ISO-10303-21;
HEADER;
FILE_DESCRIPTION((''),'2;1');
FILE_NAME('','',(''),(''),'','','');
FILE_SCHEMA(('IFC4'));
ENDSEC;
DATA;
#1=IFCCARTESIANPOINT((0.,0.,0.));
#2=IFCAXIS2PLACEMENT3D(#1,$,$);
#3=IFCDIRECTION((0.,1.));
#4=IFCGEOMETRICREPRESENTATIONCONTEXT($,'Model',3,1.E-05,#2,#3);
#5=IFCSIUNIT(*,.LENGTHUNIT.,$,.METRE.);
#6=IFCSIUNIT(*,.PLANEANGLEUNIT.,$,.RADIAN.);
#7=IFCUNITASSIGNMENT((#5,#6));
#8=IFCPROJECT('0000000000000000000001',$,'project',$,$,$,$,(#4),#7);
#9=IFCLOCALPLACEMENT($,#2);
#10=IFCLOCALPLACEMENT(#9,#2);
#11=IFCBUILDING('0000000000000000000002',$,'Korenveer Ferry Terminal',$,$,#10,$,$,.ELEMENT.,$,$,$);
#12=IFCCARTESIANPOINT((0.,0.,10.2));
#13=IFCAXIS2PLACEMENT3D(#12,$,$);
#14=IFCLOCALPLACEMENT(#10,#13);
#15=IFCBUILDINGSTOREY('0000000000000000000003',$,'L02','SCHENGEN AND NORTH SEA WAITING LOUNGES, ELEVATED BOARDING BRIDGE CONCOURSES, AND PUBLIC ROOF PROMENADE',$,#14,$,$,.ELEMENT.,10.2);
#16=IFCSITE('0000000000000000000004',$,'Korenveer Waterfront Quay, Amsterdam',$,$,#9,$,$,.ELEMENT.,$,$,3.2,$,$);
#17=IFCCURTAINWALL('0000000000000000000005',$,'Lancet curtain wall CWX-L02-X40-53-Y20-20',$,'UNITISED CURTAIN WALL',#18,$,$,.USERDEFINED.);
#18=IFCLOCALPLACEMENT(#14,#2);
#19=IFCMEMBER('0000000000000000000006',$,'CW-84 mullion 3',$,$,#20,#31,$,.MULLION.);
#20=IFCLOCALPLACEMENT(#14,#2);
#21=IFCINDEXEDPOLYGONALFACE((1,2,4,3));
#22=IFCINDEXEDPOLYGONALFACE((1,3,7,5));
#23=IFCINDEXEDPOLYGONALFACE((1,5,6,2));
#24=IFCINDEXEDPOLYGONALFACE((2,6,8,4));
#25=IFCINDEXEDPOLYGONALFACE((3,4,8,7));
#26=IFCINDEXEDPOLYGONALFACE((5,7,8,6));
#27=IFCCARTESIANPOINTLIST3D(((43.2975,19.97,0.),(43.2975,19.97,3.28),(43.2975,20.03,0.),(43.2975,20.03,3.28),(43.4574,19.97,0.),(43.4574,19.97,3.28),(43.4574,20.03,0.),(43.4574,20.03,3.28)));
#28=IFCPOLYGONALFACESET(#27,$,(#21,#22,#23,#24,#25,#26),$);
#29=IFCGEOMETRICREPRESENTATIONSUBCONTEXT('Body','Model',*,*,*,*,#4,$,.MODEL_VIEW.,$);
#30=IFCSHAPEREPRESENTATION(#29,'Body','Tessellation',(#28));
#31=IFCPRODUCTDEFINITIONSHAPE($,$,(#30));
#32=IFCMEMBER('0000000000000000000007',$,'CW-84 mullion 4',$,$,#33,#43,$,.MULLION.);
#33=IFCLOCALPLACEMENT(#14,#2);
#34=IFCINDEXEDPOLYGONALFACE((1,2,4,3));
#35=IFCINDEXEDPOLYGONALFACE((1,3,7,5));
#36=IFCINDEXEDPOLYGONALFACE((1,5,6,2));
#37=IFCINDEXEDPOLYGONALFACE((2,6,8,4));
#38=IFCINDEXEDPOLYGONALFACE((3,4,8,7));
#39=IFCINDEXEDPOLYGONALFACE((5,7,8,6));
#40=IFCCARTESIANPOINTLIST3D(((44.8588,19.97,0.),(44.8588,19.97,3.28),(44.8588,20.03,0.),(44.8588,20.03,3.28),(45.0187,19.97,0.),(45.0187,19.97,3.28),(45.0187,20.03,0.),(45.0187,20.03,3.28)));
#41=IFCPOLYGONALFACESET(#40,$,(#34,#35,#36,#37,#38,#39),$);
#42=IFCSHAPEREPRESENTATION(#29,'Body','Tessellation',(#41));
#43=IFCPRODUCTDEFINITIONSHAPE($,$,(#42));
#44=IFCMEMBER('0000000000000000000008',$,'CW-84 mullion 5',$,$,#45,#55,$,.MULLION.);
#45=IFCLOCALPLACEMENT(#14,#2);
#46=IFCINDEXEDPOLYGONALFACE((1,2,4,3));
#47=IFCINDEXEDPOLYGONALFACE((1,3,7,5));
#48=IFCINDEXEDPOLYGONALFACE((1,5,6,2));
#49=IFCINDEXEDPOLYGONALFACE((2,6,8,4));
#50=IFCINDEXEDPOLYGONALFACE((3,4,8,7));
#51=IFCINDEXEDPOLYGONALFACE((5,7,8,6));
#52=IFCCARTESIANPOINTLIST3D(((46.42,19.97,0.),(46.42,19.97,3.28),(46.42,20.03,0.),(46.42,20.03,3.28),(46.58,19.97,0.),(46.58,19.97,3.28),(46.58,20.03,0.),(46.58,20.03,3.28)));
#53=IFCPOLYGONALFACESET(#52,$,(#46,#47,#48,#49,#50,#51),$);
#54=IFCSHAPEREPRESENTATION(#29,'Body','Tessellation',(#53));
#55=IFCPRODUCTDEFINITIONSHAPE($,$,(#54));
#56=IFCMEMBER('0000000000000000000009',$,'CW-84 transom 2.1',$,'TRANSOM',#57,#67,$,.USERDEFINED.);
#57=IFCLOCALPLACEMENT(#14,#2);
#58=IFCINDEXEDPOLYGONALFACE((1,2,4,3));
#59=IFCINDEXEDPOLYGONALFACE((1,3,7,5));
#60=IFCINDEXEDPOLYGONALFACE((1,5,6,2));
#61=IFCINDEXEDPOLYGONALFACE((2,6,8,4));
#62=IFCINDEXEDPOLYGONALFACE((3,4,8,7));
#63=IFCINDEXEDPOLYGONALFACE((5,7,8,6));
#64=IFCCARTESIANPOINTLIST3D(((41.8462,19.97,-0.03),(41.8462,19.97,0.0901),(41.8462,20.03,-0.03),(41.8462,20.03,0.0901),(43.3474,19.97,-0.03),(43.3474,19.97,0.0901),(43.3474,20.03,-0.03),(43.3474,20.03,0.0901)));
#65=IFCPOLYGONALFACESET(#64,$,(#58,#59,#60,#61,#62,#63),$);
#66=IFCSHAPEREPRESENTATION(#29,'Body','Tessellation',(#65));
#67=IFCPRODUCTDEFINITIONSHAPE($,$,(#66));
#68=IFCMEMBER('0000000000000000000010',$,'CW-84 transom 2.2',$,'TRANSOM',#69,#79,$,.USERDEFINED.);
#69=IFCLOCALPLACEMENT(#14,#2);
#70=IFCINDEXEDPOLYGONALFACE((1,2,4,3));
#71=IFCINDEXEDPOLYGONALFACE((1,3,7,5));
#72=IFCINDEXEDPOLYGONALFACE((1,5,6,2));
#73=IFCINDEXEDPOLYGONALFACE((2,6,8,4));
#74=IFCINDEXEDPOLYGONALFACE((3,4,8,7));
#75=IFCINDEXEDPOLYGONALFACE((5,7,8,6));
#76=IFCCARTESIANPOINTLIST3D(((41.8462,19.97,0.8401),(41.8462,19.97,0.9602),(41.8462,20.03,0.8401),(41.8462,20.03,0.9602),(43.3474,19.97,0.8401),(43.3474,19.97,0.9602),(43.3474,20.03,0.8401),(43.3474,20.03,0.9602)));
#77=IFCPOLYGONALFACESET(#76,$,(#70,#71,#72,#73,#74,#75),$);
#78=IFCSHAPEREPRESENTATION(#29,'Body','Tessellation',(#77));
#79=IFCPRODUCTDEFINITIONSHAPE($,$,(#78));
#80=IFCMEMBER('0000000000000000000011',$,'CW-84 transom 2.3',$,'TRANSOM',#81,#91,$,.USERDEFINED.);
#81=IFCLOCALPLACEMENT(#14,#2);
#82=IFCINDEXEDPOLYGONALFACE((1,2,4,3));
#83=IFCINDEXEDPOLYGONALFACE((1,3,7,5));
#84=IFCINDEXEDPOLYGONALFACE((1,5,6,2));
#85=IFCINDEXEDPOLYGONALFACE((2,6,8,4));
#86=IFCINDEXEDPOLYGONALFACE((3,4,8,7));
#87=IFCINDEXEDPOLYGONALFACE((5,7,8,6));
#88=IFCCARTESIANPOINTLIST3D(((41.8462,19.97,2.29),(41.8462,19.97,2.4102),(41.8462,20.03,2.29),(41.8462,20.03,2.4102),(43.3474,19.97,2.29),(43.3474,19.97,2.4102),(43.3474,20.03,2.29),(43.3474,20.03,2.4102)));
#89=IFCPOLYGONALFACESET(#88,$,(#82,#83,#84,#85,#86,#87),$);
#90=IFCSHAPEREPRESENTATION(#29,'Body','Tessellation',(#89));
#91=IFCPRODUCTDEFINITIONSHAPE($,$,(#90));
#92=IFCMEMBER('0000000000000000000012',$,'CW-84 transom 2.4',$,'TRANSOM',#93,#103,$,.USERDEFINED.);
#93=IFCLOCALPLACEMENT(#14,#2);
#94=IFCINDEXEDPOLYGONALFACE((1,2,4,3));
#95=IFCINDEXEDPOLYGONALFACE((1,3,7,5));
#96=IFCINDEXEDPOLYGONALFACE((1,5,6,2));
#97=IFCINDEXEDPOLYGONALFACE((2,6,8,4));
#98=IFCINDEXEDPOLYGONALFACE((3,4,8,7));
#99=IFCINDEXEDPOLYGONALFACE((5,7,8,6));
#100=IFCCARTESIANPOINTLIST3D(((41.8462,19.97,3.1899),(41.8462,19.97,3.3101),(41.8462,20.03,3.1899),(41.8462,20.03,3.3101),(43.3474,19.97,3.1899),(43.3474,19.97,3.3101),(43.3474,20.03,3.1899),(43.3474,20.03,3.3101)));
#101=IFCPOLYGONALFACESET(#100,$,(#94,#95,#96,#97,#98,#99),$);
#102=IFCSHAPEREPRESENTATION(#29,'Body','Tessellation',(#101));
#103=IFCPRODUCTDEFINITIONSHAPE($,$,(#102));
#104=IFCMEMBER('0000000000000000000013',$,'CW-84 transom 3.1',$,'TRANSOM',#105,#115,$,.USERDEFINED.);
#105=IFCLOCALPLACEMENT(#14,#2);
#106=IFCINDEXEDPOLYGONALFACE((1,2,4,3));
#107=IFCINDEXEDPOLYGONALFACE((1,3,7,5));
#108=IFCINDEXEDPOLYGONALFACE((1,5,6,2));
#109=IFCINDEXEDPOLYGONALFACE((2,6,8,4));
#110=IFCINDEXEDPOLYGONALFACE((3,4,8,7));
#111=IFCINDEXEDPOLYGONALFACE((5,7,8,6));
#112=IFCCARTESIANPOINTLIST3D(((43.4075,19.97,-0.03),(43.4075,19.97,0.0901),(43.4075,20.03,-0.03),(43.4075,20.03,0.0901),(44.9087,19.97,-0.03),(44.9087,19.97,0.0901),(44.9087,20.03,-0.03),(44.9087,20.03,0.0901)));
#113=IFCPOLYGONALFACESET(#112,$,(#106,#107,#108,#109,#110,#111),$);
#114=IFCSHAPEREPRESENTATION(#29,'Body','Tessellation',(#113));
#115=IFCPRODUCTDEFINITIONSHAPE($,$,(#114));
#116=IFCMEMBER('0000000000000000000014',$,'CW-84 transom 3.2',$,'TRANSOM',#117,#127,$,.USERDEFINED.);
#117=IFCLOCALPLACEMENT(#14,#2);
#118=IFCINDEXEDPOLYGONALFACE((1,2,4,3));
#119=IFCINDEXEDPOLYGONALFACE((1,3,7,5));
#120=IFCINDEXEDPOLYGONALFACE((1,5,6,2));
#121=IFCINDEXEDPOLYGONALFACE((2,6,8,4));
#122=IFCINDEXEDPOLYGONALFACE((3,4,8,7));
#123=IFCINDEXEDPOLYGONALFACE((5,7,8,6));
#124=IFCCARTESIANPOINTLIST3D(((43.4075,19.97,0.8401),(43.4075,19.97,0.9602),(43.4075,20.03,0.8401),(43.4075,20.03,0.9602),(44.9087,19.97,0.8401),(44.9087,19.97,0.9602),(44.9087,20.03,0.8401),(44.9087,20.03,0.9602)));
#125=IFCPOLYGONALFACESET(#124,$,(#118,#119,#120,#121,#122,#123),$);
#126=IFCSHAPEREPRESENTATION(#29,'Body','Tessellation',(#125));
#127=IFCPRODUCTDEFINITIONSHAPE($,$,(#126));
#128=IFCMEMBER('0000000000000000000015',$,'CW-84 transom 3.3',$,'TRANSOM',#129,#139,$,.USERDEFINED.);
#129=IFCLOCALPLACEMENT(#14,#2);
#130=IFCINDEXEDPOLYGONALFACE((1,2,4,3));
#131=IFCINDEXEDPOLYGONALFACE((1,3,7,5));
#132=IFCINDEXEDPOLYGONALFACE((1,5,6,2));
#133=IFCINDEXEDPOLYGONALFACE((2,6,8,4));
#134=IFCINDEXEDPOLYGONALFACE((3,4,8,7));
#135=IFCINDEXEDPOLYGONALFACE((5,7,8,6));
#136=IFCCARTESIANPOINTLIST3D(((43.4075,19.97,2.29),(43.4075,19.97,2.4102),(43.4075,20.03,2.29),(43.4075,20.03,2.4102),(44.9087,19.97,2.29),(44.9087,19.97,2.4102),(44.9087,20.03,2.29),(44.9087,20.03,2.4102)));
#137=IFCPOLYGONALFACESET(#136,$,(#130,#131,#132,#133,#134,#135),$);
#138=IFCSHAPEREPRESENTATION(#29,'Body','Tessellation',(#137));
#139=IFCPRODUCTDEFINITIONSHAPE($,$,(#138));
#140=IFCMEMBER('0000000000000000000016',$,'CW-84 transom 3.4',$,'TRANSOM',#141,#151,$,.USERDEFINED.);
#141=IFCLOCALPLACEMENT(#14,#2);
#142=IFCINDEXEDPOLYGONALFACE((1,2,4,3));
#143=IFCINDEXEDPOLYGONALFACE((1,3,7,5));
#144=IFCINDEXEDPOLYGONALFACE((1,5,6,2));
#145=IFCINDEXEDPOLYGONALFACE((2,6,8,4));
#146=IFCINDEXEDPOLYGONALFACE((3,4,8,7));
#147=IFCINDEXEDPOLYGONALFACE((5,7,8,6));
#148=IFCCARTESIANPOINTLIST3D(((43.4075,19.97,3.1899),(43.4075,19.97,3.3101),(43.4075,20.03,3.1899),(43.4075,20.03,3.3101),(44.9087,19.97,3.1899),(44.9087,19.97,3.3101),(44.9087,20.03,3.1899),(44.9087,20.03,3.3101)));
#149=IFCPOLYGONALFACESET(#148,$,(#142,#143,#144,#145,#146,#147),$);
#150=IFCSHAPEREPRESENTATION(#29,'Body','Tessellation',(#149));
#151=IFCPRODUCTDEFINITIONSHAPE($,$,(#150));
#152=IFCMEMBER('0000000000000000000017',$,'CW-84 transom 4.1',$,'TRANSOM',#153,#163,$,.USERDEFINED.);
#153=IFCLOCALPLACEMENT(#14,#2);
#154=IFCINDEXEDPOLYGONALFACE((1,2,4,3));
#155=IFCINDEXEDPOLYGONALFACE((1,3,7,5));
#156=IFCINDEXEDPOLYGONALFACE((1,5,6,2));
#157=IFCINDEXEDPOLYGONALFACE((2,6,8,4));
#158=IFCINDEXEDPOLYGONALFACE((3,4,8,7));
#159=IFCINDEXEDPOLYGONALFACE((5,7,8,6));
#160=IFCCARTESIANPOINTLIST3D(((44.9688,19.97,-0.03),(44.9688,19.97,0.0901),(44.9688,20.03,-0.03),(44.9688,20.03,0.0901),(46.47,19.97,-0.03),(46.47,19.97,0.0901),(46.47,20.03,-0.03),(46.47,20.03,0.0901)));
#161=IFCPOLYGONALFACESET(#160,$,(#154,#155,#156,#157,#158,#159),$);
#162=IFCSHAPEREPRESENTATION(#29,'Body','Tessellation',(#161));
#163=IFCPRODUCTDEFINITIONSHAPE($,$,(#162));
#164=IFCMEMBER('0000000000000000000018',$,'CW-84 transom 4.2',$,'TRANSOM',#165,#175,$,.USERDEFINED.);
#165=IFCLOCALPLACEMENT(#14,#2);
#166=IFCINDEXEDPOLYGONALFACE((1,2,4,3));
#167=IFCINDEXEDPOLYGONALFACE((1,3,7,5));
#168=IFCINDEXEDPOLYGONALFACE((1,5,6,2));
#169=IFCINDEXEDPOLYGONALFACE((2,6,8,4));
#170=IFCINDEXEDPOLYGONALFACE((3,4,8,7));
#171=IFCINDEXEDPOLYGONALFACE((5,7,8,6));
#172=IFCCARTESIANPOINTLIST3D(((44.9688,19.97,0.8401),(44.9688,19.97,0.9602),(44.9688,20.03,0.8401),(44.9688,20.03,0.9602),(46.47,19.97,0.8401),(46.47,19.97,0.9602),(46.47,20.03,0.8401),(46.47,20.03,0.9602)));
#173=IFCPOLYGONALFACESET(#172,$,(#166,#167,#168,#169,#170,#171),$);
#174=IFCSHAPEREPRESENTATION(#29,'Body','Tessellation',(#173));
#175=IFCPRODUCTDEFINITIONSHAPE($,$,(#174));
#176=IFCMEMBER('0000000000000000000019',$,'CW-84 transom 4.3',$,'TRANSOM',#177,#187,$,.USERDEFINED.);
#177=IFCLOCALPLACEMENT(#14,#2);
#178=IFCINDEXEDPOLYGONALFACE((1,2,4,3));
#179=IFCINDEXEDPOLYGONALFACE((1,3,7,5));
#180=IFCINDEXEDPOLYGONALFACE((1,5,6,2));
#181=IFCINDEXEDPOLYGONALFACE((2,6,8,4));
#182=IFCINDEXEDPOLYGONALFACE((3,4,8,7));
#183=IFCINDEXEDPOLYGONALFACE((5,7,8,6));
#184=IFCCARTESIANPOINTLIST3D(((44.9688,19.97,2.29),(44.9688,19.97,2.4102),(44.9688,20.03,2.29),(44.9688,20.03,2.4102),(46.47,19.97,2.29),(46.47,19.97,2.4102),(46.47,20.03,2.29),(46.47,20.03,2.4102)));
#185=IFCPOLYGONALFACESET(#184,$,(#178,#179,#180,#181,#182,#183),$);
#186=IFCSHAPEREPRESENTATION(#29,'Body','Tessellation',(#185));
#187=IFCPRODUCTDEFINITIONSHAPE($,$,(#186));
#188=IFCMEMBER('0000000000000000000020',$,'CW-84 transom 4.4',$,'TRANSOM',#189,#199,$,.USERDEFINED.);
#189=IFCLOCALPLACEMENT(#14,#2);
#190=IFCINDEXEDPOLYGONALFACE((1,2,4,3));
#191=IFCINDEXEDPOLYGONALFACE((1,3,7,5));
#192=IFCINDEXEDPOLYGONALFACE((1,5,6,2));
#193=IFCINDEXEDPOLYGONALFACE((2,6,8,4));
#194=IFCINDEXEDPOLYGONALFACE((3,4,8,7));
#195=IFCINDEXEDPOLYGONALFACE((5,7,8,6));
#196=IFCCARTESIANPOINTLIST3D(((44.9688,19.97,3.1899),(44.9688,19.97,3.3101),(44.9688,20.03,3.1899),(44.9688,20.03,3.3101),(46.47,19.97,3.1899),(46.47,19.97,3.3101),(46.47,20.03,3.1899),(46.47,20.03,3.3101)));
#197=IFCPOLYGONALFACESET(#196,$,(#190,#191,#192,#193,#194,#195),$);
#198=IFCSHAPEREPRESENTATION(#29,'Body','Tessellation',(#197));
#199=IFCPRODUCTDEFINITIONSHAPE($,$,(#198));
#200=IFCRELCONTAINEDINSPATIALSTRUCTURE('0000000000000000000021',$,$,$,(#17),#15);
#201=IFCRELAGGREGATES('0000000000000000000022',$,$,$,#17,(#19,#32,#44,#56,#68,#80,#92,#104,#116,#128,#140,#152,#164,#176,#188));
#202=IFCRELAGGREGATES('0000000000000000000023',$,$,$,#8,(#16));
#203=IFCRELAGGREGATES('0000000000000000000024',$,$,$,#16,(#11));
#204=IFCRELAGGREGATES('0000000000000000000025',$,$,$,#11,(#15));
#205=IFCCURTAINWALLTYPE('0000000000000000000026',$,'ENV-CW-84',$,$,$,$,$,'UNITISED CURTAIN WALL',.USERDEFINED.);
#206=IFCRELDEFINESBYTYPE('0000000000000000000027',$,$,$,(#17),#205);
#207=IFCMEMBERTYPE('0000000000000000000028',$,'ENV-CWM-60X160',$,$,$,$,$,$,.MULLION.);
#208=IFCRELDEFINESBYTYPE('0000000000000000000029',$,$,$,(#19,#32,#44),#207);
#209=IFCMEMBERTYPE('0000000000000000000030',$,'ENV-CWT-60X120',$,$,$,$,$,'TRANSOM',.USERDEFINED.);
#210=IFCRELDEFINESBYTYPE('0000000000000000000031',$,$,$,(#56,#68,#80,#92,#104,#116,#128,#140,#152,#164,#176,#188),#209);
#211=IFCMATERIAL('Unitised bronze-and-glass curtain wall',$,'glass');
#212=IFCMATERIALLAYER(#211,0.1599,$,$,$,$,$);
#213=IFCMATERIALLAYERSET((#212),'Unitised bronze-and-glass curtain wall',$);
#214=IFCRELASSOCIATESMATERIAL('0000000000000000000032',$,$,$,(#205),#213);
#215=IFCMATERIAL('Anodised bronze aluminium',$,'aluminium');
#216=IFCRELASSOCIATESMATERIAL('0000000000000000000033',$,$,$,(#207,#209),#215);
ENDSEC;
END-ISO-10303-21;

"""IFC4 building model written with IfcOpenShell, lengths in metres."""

from ifc_helpers import new_model, si_unit, direction, frame, origin, origin_2d, place, context, subcontext, project, spatial, rectangle, extrude, material, layer, layer_set, material_profile, profile_set, type_object, element, aggregate, save


model = new_model("IFC4")

# Units and contexts
model_context = context("Model", 3, precision=1e-05, world=origin(), true_north=direction((0.0, 1.0)))
body_context = subcontext(model_context, "Body", "Model", "MODEL_VIEW")
ifc_project = project(units=[si_unit("LENGTHUNIT", "METRE"), si_unit("PLANEANGLEUNIT", "RADIAN")], contexts=[model_context])

# Site, building, storey
site_placement = place(None, origin())
site = spatial("IfcSite", under=ifc_project, at=site_placement, Name="Korenveer Waterfront Quay, Amsterdam", CompositionType="ELEMENT", RefElevation=3.2)
building_placement = place(site_placement, origin())
building = spatial("IfcBuilding", under=site, at=building_placement, Name="Korenveer Ferry Terminal", CompositionType="ELEMENT")
storey_placement = place(building_placement, frame((0.0, 0.0, 10.2)))
storey = spatial("IfcBuildingStorey", under=building, at=storey_placement, Name="L02", Description="SCHENGEN AND NORTH SEA WAITING LOUNGES, ELEVATED BOARDING BRIDGE CONCOURSES, AND PUBLIC ROOF PROMENADE", CompositionType="ELEMENT", Elevation=10.2)

# Curtain wall, members
ifc_material_1 = material(Name="Unitised bronze-and-glass curtain wall", Category="glass")
ifc_layer_1 = layer(ifc_material_1, 0.1599)
ifc_layer_set_1 = layer_set([ifc_layer_1], Name="Unitised bronze-and-glass curtain wall")
curtain_wall_type = type_object("IfcCurtainWallType", Name="ENV-CW-84", ElementType="UNITISED CURTAIN WALL", PredefinedType="USERDEFINED", material=ifc_layer_set_1)
curtain_wall_placement = place(storey_placement, frame((40.2549, 20.0, 0.0)))
curtain_wall = element("IfcCurtainWall", 1, at=curtain_wall_placement, inside=storey, type_object=curtain_wall_type, Name="Lancet curtain wall CWX-L02-X40-53-Y20-20", ObjectType="UNITISED CURTAIN WALL", PredefinedType="USERDEFINED")
ifc_material_2 = material(Name="Anodised bronze aluminium", Category="aluminium")
ifc_material_profile_1 = material_profile(ifc_material_2, rectangle(XDim=0.0601, YDim=0.1599, at=origin_2d()), Name="ALU 60x160")
ifc_profile_set_1 = profile_set([ifc_material_profile_1], Name="Anodised bronze aluminium")
member_type_1 = type_object("IfcMemberType", Name="ENV-CWM-60X160", PredefinedType="MULLION", material=ifc_profile_set_1)
member_1_placement = place(storey_placement, frame((43.3774, 20.0, 0.0), z_axis=(0.0, 0.0, 1.0), x_axis=(0.0, 1.0, 0.0)))
member_1 = element("IfcMember", 2, at=member_1_placement, type_object=member_type_1, Name="CW-84 mullion 3", PredefinedType="MULLION", context=body_context, shape_type="SweptSolid", body=[
    extrude(rectangle(XDim=0.0601, YDim=0.1599, at=origin_2d()), origin(), (0.0, 0.0, 1.0), 3.28),
])
member_2_placement = place(storey_placement, frame((44.9387, 20.0, 0.0), z_axis=(0.0, 0.0, 1.0), x_axis=(0.0, 1.0, 0.0)))
member_2 = element("IfcMember", 3, at=member_2_placement, type_object=member_type_1, Name="CW-84 mullion 4", PredefinedType="MULLION", context=body_context, shape_type="SweptSolid", body=[
    extrude(rectangle(XDim=0.0601, YDim=0.1599, at=origin_2d()), origin(), (0.0, 0.0, 1.0), 3.28),
])
member_3_placement = place(storey_placement, frame((46.5, 20.0, 0.0), z_axis=(0.0, 0.0, 1.0), x_axis=(0.0, 1.0, 0.0)))
member_3 = element("IfcMember", 4, at=member_3_placement, type_object=member_type_1, Name="CW-84 mullion 5", PredefinedType="MULLION", context=body_context, shape_type="SweptSolid", body=[
    extrude(rectangle(XDim=0.0601, YDim=0.1599, at=origin_2d()), origin(), (0.0, 0.0, 1.0), 3.28),
])
ifc_material_profile_2 = material_profile(ifc_material_2, rectangle(XDim=0.0601, YDim=0.1201, at=origin_2d()), Name="ALU 60x120")
ifc_profile_set_2 = profile_set([ifc_material_profile_2], Name="Anodised bronze aluminium")
member_type_2 = type_object("IfcMemberType", Name="ENV-CWT-60X120", ElementType="TRANSOM", PredefinedType="USERDEFINED", material=ifc_profile_set_2)
member_4_placement = place(storey_placement, frame((41.8462, 20.0, 0.03), z_axis=(1.0, 0.0, 0.0), x_axis=(0.0, 1.0, 0.0)))
member_4 = element("IfcMember", 5, at=member_4_placement, type_object=member_type_2, Name="CW-84 transom 2.1", ObjectType="TRANSOM", PredefinedType="USERDEFINED", context=body_context, shape_type="SweptSolid", body=[
    extrude(rectangle(XDim=0.0601, YDim=0.1201, at=origin_2d()), origin(), (0.0, 0.0, 1.0), 1.5012),
])
member_5_placement = place(storey_placement, frame((41.8462, 20.0, 0.9001), z_axis=(1.0, 0.0, 0.0), x_axis=(0.0, 1.0, 0.0)))
member_5 = element("IfcMember", 6, at=member_5_placement, type_object=member_type_2, Name="CW-84 transom 2.2", ObjectType="TRANSOM", PredefinedType="USERDEFINED", context=body_context, shape_type="SweptSolid", body=[
    extrude(rectangle(XDim=0.0601, YDim=0.1201, at=origin_2d()), origin(), (0.0, 0.0, 1.0), 1.5012),
])
member_6_placement = place(storey_placement, frame((41.8462, 20.0, 2.3501), z_axis=(1.0, 0.0, 0.0), x_axis=(0.0, 1.0, 0.0)))
member_6 = element("IfcMember", 7, at=member_6_placement, type_object=member_type_2, Name="CW-84 transom 2.3", ObjectType="TRANSOM", PredefinedType="USERDEFINED", context=body_context, shape_type="SweptSolid", body=[
    extrude(rectangle(XDim=0.0601, YDim=0.1201, at=origin_2d()), origin(), (0.0, 0.0, 1.0), 1.5012),
])
member_7_placement = place(storey_placement, frame((41.8462, 20.0, 3.25), z_axis=(1.0, 0.0, 0.0), x_axis=(0.0, 1.0, 0.0)))
member_7 = element("IfcMember", 8, at=member_7_placement, type_object=member_type_2, Name="CW-84 transom 2.4", ObjectType="TRANSOM", PredefinedType="USERDEFINED", context=body_context, shape_type="SweptSolid", body=[
    extrude(rectangle(XDim=0.0601, YDim=0.1201, at=origin_2d()), origin(), (0.0, 0.0, 1.0), 1.5012),
])
member_8_placement = place(storey_placement, frame((43.4075, 20.0, 0.03), z_axis=(1.0, 0.0, 0.0), x_axis=(0.0, 1.0, 0.0)))
member_8 = element("IfcMember", 9, at=member_8_placement, type_object=member_type_2, Name="CW-84 transom 3.1", ObjectType="TRANSOM", PredefinedType="USERDEFINED", context=body_context, shape_type="SweptSolid", body=[
    extrude(rectangle(XDim=0.0601, YDim=0.1201, at=origin_2d()), origin(), (0.0, 0.0, 1.0), 1.5012),
])
member_9_placement = place(storey_placement, frame((43.4075, 20.0, 0.9001), z_axis=(1.0, 0.0, 0.0), x_axis=(0.0, 1.0, 0.0)))
member_9 = element("IfcMember", 10, at=member_9_placement, type_object=member_type_2, Name="CW-84 transom 3.2", ObjectType="TRANSOM", PredefinedType="USERDEFINED", context=body_context, shape_type="SweptSolid", body=[
    extrude(rectangle(XDim=0.0601, YDim=0.1201, at=origin_2d()), origin(), (0.0, 0.0, 1.0), 1.5012),
])
member_10_placement = place(storey_placement, frame((43.4075, 20.0, 2.3501), z_axis=(1.0, 0.0, 0.0), x_axis=(0.0, 1.0, 0.0)))
member_10 = element("IfcMember", 11, at=member_10_placement, type_object=member_type_2, Name="CW-84 transom 3.3", ObjectType="TRANSOM", PredefinedType="USERDEFINED", context=body_context, shape_type="SweptSolid", body=[
    extrude(rectangle(XDim=0.0601, YDim=0.1201, at=origin_2d()), origin(), (0.0, 0.0, 1.0), 1.5012),
])
member_11_placement = place(storey_placement, frame((43.4075, 20.0, 3.25), z_axis=(1.0, 0.0, 0.0), x_axis=(0.0, 1.0, 0.0)))
member_11 = element("IfcMember", 12, at=member_11_placement, type_object=member_type_2, Name="CW-84 transom 3.4", ObjectType="TRANSOM", PredefinedType="USERDEFINED", context=body_context, shape_type="SweptSolid", body=[
    extrude(rectangle(XDim=0.0601, YDim=0.1201, at=origin_2d()), origin(), (0.0, 0.0, 1.0), 1.5012),
])
member_12_placement = place(storey_placement, frame((44.9688, 20.0, 0.03), z_axis=(1.0, 0.0, 0.0), x_axis=(0.0, 1.0, 0.0)))
member_12 = element("IfcMember", 13, at=member_12_placement, type_object=member_type_2, Name="CW-84 transom 4.1", ObjectType="TRANSOM", PredefinedType="USERDEFINED", context=body_context, shape_type="SweptSolid", body=[
    extrude(rectangle(XDim=0.0601, YDim=0.1201, at=origin_2d()), origin(), (0.0, 0.0, 1.0), 1.5012),
])
member_13_placement = place(storey_placement, frame((44.9688, 20.0, 0.9001), z_axis=(1.0, 0.0, 0.0), x_axis=(0.0, 1.0, 0.0)))
member_13 = element("IfcMember", 14, at=member_13_placement, type_object=member_type_2, Name="CW-84 transom 4.2", ObjectType="TRANSOM", PredefinedType="USERDEFINED", context=body_context, shape_type="SweptSolid", body=[
    extrude(rectangle(XDim=0.0601, YDim=0.1201, at=origin_2d()), origin(), (0.0, 0.0, 1.0), 1.5012),
])
member_14_placement = place(storey_placement, frame((44.9688, 20.0, 2.3501), z_axis=(1.0, 0.0, 0.0), x_axis=(0.0, 1.0, 0.0)))
member_14 = element("IfcMember", 15, at=member_14_placement, type_object=member_type_2, Name="CW-84 transom 4.3", ObjectType="TRANSOM", PredefinedType="USERDEFINED", context=body_context, shape_type="SweptSolid", body=[
    extrude(rectangle(XDim=0.0601, YDim=0.1201, at=origin_2d()), origin(), (0.0, 0.0, 1.0), 1.5012),
])
member_15_placement = place(storey_placement, frame((44.9688, 20.0, 3.25), z_axis=(1.0, 0.0, 0.0), x_axis=(0.0, 1.0, 0.0)))
member_15 = element("IfcMember", 16, at=member_15_placement, type_object=member_type_2, Name="CW-84 transom 4.4", ObjectType="TRANSOM", PredefinedType="USERDEFINED", context=body_context, shape_type="SweptSolid", body=[
    extrude(rectangle(XDim=0.0601, YDim=0.1201, at=origin_2d()), origin(), (0.0, 0.0, 1.0), 1.5012),
])

aggregate(curtain_wall, [member_1, member_2, member_3, member_4, member_5, member_6, member_7, member_8, member_9, member_10, member_11, member_12, member_13, member_14, member_15])

save(model, "model.ifc")
